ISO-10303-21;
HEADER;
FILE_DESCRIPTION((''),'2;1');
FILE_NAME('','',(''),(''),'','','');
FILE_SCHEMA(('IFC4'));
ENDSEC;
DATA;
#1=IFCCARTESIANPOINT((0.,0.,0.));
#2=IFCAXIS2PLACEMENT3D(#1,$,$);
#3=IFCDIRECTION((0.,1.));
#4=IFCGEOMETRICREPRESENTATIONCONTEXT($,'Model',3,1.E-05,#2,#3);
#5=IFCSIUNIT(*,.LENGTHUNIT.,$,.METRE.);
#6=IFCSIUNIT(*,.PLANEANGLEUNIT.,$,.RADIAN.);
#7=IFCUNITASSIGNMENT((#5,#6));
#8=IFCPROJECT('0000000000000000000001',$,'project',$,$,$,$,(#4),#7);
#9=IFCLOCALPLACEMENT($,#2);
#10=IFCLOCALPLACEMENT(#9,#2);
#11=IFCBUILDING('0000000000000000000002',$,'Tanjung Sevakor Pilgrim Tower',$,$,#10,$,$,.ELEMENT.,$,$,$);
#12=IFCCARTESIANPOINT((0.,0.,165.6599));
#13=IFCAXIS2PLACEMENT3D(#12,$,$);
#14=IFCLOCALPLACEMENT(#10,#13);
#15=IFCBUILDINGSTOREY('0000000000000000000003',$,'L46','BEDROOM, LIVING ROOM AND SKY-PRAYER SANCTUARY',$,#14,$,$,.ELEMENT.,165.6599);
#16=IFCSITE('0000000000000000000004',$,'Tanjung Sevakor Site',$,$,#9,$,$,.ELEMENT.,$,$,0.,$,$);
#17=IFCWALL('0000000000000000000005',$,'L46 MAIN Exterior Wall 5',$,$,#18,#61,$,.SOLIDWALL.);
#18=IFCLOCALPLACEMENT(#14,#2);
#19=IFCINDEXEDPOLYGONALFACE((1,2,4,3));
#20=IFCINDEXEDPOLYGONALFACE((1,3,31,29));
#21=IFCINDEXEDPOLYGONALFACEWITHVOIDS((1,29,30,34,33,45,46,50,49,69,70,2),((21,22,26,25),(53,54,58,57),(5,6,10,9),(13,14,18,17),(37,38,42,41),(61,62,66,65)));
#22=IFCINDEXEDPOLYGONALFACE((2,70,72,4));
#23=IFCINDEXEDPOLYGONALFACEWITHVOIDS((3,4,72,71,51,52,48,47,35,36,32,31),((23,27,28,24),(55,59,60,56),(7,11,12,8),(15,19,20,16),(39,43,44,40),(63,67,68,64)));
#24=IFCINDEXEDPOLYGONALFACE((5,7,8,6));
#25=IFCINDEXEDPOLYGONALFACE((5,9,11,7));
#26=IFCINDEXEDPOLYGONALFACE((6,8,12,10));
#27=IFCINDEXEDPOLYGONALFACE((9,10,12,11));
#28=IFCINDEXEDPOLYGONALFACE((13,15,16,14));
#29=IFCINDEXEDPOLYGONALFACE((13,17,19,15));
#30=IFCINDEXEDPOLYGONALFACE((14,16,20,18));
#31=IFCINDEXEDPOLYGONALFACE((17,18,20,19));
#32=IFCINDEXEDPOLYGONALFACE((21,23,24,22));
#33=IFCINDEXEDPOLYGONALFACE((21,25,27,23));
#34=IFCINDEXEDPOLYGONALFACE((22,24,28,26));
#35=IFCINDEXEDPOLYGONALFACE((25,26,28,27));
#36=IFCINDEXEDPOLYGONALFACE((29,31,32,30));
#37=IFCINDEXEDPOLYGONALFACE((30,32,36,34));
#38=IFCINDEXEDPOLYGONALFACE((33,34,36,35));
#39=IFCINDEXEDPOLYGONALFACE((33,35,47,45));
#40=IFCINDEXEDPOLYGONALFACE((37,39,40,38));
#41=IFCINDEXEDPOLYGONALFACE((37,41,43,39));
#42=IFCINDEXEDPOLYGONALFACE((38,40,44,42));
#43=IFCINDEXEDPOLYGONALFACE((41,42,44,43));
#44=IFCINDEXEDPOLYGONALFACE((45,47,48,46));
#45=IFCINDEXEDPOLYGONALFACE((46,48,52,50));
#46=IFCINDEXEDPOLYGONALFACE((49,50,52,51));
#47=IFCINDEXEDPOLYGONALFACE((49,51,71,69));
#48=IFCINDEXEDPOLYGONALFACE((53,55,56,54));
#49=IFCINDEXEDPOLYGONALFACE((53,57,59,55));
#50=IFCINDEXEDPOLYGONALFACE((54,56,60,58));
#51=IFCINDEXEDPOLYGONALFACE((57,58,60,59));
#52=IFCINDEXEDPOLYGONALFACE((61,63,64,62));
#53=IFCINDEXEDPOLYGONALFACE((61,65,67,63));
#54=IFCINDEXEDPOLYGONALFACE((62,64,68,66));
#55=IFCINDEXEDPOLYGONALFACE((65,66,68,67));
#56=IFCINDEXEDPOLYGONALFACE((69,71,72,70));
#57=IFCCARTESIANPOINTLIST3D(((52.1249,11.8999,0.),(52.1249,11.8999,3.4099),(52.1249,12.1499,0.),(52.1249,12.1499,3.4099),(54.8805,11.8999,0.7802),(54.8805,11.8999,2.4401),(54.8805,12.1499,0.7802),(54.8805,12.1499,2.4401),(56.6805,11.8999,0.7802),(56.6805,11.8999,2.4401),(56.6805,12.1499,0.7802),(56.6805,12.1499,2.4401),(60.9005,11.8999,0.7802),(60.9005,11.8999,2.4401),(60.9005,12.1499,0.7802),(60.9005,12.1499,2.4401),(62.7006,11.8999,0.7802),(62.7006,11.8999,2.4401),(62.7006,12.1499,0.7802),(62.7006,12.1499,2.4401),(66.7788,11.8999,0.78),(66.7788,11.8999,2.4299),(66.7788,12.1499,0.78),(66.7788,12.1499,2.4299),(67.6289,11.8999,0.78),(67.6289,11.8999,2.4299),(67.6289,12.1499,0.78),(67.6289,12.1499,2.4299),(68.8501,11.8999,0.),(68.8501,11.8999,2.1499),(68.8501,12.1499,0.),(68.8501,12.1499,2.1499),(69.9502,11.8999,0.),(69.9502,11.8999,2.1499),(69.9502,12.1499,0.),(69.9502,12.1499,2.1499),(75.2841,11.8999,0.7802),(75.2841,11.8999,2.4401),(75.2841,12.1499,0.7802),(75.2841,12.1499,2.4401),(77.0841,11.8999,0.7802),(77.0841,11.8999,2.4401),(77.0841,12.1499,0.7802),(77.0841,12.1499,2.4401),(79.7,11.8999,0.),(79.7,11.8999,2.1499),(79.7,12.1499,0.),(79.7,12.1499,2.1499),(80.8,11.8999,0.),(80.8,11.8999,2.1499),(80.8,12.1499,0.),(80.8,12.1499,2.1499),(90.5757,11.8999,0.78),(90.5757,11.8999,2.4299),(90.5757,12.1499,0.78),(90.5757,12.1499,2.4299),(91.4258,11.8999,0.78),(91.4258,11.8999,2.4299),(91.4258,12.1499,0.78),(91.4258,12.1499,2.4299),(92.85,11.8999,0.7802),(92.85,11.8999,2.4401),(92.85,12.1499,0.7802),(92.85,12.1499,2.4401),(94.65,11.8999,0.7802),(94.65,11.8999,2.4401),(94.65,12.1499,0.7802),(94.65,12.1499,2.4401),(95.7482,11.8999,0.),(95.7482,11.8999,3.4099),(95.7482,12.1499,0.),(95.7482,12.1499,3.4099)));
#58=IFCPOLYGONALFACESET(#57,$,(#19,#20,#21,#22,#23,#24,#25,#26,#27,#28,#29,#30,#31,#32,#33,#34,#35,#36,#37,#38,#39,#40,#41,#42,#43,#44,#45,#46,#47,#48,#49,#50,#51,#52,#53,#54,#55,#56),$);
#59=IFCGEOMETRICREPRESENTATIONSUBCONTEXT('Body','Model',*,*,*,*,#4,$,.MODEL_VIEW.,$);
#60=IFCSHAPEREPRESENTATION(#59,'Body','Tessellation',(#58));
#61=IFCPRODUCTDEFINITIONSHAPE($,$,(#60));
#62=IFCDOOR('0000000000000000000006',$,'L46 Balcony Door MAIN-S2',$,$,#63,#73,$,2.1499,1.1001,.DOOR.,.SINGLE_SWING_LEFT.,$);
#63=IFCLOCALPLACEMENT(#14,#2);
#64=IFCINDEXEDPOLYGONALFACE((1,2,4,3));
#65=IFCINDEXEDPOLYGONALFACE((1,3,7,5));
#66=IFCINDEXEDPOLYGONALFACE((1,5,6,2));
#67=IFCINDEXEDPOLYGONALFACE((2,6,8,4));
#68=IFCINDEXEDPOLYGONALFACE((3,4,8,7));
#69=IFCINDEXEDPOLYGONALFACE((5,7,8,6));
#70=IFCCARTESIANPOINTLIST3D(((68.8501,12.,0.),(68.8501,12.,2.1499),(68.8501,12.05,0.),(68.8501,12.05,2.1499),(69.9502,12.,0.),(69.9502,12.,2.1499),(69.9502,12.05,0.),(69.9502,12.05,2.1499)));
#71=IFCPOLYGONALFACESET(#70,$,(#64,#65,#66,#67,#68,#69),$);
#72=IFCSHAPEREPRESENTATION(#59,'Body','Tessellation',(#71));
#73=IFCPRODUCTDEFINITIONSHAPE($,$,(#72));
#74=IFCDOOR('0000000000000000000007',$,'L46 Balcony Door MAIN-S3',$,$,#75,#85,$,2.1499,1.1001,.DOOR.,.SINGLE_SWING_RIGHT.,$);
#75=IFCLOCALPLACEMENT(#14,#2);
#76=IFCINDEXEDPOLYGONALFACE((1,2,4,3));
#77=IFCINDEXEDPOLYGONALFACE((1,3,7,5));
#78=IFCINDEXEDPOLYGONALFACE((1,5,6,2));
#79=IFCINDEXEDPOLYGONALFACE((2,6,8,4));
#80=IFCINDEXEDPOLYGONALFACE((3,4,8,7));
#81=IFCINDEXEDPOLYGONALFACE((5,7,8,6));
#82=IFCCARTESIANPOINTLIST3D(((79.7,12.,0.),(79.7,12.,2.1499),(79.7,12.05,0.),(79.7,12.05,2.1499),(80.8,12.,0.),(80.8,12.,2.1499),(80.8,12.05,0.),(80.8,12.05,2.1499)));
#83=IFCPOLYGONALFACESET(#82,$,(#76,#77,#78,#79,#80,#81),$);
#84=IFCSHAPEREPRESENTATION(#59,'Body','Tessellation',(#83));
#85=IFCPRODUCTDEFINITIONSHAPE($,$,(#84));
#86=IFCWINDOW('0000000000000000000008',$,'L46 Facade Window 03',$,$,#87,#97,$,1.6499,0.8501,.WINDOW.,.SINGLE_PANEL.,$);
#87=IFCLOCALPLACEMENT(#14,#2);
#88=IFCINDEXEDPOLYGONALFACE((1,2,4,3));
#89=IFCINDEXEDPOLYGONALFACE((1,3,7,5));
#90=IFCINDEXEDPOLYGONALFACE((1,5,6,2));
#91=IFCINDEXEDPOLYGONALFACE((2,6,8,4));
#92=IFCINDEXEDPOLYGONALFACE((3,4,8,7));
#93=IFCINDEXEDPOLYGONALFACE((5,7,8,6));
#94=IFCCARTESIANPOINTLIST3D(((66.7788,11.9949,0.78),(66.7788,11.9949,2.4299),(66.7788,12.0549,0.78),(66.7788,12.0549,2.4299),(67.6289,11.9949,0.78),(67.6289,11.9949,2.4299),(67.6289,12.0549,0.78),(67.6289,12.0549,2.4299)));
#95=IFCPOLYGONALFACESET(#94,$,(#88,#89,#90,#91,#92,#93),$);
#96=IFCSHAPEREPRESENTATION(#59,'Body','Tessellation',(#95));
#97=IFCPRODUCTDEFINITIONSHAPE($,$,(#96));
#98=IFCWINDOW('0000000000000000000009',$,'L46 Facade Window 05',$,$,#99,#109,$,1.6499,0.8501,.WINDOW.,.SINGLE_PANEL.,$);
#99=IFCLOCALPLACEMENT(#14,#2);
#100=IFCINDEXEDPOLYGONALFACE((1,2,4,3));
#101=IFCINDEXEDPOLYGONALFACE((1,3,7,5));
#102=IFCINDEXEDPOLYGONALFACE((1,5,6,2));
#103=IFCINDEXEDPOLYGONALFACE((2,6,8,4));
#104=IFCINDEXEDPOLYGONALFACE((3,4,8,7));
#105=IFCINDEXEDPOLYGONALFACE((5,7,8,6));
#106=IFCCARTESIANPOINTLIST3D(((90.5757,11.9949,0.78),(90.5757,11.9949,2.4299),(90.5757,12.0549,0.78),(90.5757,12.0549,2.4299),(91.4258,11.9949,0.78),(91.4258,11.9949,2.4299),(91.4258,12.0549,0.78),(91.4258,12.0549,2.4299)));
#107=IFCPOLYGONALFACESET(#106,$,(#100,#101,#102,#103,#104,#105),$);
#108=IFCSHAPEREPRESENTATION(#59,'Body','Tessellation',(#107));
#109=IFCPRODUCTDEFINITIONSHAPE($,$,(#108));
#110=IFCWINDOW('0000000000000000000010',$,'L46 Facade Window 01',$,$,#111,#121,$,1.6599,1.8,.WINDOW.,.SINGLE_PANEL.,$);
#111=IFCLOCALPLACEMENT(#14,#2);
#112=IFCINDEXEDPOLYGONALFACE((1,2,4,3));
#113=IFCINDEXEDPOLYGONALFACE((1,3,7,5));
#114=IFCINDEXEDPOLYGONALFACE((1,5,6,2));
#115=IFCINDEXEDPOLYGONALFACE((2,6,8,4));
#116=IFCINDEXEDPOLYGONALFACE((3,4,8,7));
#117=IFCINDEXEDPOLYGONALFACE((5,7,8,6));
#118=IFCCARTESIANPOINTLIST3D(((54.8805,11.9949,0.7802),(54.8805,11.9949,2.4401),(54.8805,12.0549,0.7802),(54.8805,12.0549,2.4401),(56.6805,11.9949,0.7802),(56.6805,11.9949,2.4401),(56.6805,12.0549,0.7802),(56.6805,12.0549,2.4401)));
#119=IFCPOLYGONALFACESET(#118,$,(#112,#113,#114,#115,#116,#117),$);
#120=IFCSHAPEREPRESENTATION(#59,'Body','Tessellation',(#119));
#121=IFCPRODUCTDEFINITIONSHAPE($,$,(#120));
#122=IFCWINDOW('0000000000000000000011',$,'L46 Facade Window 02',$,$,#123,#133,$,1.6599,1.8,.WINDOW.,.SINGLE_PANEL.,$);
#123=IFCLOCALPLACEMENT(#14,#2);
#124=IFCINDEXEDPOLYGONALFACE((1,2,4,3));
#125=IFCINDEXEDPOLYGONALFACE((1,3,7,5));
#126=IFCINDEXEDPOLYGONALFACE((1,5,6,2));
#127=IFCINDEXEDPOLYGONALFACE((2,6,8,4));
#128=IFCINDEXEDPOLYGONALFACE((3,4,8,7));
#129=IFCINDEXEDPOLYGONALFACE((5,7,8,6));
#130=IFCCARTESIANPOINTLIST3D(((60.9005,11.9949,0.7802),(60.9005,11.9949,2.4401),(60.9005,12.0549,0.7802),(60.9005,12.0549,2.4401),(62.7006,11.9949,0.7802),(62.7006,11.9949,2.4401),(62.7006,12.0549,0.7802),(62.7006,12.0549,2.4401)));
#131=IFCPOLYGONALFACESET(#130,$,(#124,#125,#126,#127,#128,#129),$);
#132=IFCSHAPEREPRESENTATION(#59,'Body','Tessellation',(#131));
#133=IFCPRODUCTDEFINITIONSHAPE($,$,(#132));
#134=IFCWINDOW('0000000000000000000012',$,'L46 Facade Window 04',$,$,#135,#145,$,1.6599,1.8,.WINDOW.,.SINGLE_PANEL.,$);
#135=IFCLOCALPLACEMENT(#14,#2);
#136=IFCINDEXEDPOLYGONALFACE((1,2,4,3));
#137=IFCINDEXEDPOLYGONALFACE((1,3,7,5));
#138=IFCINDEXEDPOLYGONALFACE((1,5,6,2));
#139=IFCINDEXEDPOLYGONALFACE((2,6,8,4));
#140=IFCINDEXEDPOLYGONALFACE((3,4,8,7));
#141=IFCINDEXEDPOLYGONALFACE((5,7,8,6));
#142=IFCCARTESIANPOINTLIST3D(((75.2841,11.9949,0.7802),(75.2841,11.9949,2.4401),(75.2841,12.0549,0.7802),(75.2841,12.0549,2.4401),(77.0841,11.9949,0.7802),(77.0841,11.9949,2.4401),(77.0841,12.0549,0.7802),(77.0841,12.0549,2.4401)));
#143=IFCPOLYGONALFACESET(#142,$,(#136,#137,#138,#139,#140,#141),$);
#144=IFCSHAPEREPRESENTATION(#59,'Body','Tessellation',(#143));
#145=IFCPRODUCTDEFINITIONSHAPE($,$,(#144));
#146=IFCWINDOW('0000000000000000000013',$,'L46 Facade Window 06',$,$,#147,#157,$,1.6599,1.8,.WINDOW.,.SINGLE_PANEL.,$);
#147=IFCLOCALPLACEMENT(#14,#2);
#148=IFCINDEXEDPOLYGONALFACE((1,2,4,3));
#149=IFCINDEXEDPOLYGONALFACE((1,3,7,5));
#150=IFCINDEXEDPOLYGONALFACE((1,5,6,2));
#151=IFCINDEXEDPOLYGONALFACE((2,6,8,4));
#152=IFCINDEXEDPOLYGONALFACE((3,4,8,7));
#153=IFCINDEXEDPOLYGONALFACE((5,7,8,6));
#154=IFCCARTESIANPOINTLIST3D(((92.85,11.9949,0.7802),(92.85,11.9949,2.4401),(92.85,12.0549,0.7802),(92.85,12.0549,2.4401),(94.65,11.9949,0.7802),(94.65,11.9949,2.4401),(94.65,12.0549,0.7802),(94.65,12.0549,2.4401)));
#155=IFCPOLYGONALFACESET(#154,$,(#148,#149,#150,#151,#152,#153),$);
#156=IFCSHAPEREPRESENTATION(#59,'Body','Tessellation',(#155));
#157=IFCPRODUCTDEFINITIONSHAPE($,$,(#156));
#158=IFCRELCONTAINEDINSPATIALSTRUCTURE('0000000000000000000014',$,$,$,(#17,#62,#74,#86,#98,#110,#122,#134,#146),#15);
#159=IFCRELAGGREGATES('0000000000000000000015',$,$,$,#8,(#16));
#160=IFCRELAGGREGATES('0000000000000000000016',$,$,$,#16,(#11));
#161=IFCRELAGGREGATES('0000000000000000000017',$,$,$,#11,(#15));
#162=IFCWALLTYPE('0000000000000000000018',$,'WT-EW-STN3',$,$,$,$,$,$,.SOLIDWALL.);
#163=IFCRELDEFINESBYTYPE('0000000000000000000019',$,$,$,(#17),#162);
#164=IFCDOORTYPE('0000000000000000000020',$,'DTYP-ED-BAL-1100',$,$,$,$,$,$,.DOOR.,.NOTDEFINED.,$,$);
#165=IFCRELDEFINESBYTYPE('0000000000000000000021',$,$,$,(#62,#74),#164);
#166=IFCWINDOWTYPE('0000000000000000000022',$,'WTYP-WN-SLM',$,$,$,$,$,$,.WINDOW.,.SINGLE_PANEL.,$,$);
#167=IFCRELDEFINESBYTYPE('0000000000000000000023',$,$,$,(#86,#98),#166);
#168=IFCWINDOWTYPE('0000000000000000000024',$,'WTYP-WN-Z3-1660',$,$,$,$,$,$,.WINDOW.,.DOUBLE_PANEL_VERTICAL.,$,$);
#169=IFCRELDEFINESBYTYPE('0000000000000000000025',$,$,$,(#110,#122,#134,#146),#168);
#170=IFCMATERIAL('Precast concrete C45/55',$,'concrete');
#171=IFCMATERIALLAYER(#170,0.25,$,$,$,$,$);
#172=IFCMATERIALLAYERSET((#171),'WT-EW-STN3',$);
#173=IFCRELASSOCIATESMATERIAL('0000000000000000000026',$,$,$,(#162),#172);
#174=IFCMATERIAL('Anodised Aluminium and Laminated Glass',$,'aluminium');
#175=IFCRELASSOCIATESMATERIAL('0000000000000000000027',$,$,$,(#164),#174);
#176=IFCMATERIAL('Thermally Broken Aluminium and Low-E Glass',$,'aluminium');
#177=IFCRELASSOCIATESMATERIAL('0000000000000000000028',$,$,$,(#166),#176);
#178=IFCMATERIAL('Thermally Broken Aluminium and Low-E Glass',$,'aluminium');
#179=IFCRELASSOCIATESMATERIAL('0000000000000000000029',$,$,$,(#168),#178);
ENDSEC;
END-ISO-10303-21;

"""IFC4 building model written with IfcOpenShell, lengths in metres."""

from ifc_helpers import new_model, si_unit, direction, frame, frame_2d, origin, place, context, subcontext, project, spatial, rectangle, extrude, material, layer, layer_set, type_object, element, fill, save


model = new_model("IFC4")

# Units and contexts
model_context = context("Model", 3, precision=1e-05, world=origin(), true_north=direction((0.0, 1.0)))
body_context = subcontext(model_context, "Body", "Model", "MODEL_VIEW")
ifc_project = project(units=[si_unit("LENGTHUNIT", "METRE"), si_unit("PLANEANGLEUNIT", "RADIAN")], contexts=[model_context])

# Site, building, storey
site_placement = place(None, origin())
site = spatial("IfcSite", under=ifc_project, at=site_placement, Name="Tanjung Sevakor Site", CompositionType="ELEMENT", RefElevation=0.0)
building_placement = place(site_placement, origin())
building = spatial("IfcBuilding", under=site, at=building_placement, Name="Tanjung Sevakor Pilgrim Tower", CompositionType="ELEMENT")
storey_placement = place(building_placement, frame((0.0, 0.0, 165.6599)))
storey = spatial("IfcBuildingStorey", under=building, at=storey_placement, Name="L46", Description="BEDROOM, LIVING ROOM AND SKY-PRAYER SANCTUARY", CompositionType="ELEMENT", Elevation=165.6599)

# Shared definitions
ifc_material_1 = material(Name="Precast concrete C45/55", Category="concrete")
ifc_layer_1 = layer(ifc_material_1, 0.25)
ifc_layer_set_1 = layer_set([ifc_layer_1], Name="WT-EW-STN3")
wall_type_1 = type_object("IfcWallType", Name="WT-EW-STN3", PredefinedType="SOLIDWALL", material=ifc_layer_set_1)

# Wall, openings, doors, windows
wall_1_placement = place(storey_placement, frame((52.125, 12.0249, 0.0), z_axis=(0.0, 0.0, 1.0), x_axis=(1.0, 0.0, 0.0)))
wall_1 = element("IfcWall", 1, at=wall_1_placement, inside=storey, type_object=wall_type_1, Name="L46 MAIN Exterior Wall 5", PredefinedType="SOLIDWALL", context=body_context, shape_type="SweptSolid", body=[
    extrude(rectangle(XDim=43.6233, YDim=0.25, at=frame_2d((21.8115, 0.0))), origin(), (0.0, 0.0, 1.0), 3.4099),
])
opening_1_placement = place(wall_1_placement, frame((16.7251, 0.0, 0.0)))
opening_1 = element("IfcOpeningElement", 2, at=opening_1_placement, cuts=wall_1, PredefinedType="OPENING", context=body_context, shape_type="SweptSolid", body=[
    extrude(rectangle(XDim=1.1001, YDim=2.1499, at=frame_2d((0.55, 1.075))), frame((0.0, 0.135, 0.0), z_axis=(0.0, -1.0, 0.0), x_axis=(1.0, 0.0, 0.0)), (0.0, 0.0, 1.0), 0.27),
])
opening_2_placement = place(wall_1_placement, frame((27.575, 0.0, 0.0)))
opening_2 = element("IfcOpeningElement", 3, at=opening_2_placement, cuts=wall_1, PredefinedType="OPENING", context=body_context, shape_type="SweptSolid", body=[
    extrude(rectangle(XDim=1.1001, YDim=2.1499, at=frame_2d((0.55, 1.075))), frame((0.0, 0.135, 0.0), z_axis=(0.0, -1.0, 0.0), x_axis=(1.0, 0.0, 0.0)), (0.0, 0.0, 1.0), 0.27),
])
opening_3_placement = place(wall_1_placement, frame((2.7556, 0.0, 0.78)))
opening_3 = element("IfcOpeningElement", 4, at=opening_3_placement, cuts=wall_1, PredefinedType="OPENING", context=body_context, shape_type="SweptSolid", body=[
    extrude(rectangle(XDim=1.8, YDim=1.6599, at=frame_2d((0.8999, 0.8301))), frame((0.0, 0.135, 0.0), z_axis=(0.0, -1.0, 0.0), x_axis=(1.0, 0.0, 0.0)), (0.0, 0.0, 1.0), 0.27),
])
opening_4_placement = place(wall_1_placement, frame((8.7756, 0.0, 0.78)))
opening_4 = element("IfcOpeningElement", 5, at=opening_4_placement, cuts=wall_1, PredefinedType="OPENING", context=body_context, shape_type="SweptSolid", body=[
    extrude(rectangle(XDim=1.8, YDim=1.6599, at=frame_2d((0.8999, 0.8301))), frame((0.0, 0.135, 0.0), z_axis=(0.0, -1.0, 0.0), x_axis=(1.0, 0.0, 0.0)), (0.0, 0.0, 1.0), 0.27),
])
opening_5_placement = place(wall_1_placement, frame((14.6538, 0.0, 0.78)))
opening_5 = element("IfcOpeningElement", 6, at=opening_5_placement, cuts=wall_1, PredefinedType="OPENING", context=body_context, shape_type="SweptSolid", body=[
    extrude(rectangle(XDim=0.8501, YDim=1.6499, at=frame_2d((0.425, 0.825))), frame((0.0, 0.135, 0.0), z_axis=(0.0, -1.0, 0.0), x_axis=(1.0, 0.0, 0.0)), (0.0, 0.0, 1.0), 0.27),
])
opening_6_placement = place(wall_1_placement, frame((23.1592, 0.0, 0.78)))
opening_6 = element("IfcOpeningElement", 7, at=opening_6_placement, cuts=wall_1, PredefinedType="OPENING", context=body_context, shape_type="SweptSolid", body=[
    extrude(rectangle(XDim=1.8, YDim=1.6599, at=frame_2d((0.8999, 0.8301))), frame((0.0, 0.135, 0.0), z_axis=(0.0, -1.0, 0.0), x_axis=(1.0, 0.0, 0.0)), (0.0, 0.0, 1.0), 0.27),
])
opening_7_placement = place(wall_1_placement, frame((38.4507, 0.0, 0.78)))
opening_7 = element("IfcOpeningElement", 8, at=opening_7_placement, cuts=wall_1, PredefinedType="OPENING", context=body_context, shape_type="SweptSolid", body=[
    extrude(rectangle(XDim=0.8501, YDim=1.6499, at=frame_2d((0.425, 0.825))), frame((0.0, 0.135, 0.0), z_axis=(0.0, -1.0, 0.0), x_axis=(1.0, 0.0, 0.0)), (0.0, 0.0, 1.0), 0.27),
])
opening_8_placement = place(wall_1_placement, frame((40.7251, 0.0, 0.78)))
opening_8 = element("IfcOpeningElement", 9, at=opening_8_placement, cuts=wall_1, PredefinedType="OPENING", context=body_context, shape_type="SweptSolid", body=[
    extrude(rectangle(XDim=1.8, YDim=1.6599, at=frame_2d((0.8999, 0.8301))), frame((0.0, 0.135, 0.0), z_axis=(0.0, -1.0, 0.0), x_axis=(1.0, 0.0, 0.0)), (0.0, 0.0, 1.0), 0.27),
])
ifc_material_2 = material(Name="Anodised Aluminium and Laminated Glass", Category="aluminium")
door_type = type_object("IfcDoorType", Name="DTYP-ED-BAL-1100", OperationType="NOTDEFINED", PredefinedType="DOOR", material=ifc_material_2)
door_1_placement = place(opening_1_placement, frame((1.1001, 0.0, 0.0), z_axis=(0.0, 0.0, 1.0), x_axis=(-1.0, 0.0, 0.0)))
door_1 = element("IfcDoor", 10, at=door_1_placement, inside=storey, type_object=door_type, Name="L46 Balcony Door MAIN-S2", OperationType="SINGLE_SWING_LEFT", OverallHeight=2.1499, OverallWidth=1.1001, PredefinedType="DOOR", context=body_context, shape_type="SweptSolid", body=[
    extrude(rectangle(XDim=1.1001, YDim=2.1499, at=frame_2d((0.55, 1.075))), frame((0.0, 0.0249, 0.0), z_axis=(0.0, -1.0, 0.0), x_axis=(1.0, 0.0, 0.0)), (0.0, 0.0, 1.0), 0.05),
])
fill(opening_1, door_1)
door_2_placement = place(opening_2_placement, frame((1.1001, 0.0, 0.0), z_axis=(0.0, 0.0, 1.0), x_axis=(-1.0, 0.0, 0.0)))
door_2 = element("IfcDoor", 11, at=door_2_placement, inside=storey, type_object=door_type, Name="L46 Balcony Door MAIN-S3", OperationType="SINGLE_SWING_RIGHT", OverallHeight=2.1499, OverallWidth=1.1001, PredefinedType="DOOR", context=body_context, shape_type="SweptSolid", body=[
    extrude(rectangle(XDim=1.1001, YDim=2.1499, at=frame_2d((0.55, 1.075))), frame((0.0, 0.0249, 0.0), z_axis=(0.0, -1.0, 0.0), x_axis=(1.0, 0.0, 0.0)), (0.0, 0.0, 1.0), 0.05),
])
fill(opening_2, door_2)
ifc_material_3 = material(Name="Thermally Broken Aluminium and Low-E Glass", Category="aluminium")
window_type_1 = type_object("IfcWindowType", Name="WTYP-WN-SLM", PartitioningType="SINGLE_PANEL", PredefinedType="WINDOW", material=ifc_material_3)
window_1_placement = place(opening_5_placement, origin())
window_1 = element("IfcWindow", 12, at=window_1_placement, inside=storey, type_object=window_type_1, Name="L46 Facade Window 03", OverallHeight=1.6499, OverallWidth=0.8501, PartitioningType="SINGLE_PANEL", PredefinedType="WINDOW", context=body_context, shape_type="SweptSolid", body=[
    extrude(rectangle(XDim=0.8501, YDim=1.6499, at=frame_2d((0.425, 0.825))), frame((0.0, 0.03, 0.0), z_axis=(0.0, -1.0, 0.0), x_axis=(1.0, 0.0, 0.0)), (0.0, 0.0, 1.0), 0.0601),
])
fill(opening_5, window_1)
window_2_placement = place(opening_7_placement, origin())
window_2 = element("IfcWindow", 13, at=window_2_placement, inside=storey, type_object=window_type_1, Name="L46 Facade Window 05", OverallHeight=1.6499, OverallWidth=0.8501, PartitioningType="SINGLE_PANEL", PredefinedType="WINDOW", context=body_context, shape_type="SweptSolid", body=[
    extrude(rectangle(XDim=0.8501, YDim=1.6499, at=frame_2d((0.425, 0.825))), frame((0.0, 0.03, 0.0), z_axis=(0.0, -1.0, 0.0), x_axis=(1.0, 0.0, 0.0)), (0.0, 0.0, 1.0), 0.0601),
])
fill(opening_7, window_2)
ifc_material_4 = material(Name="Thermally Broken Aluminium and Low-E Glass", Category="aluminium")
window_type_2 = type_object("IfcWindowType", Name="WTYP-WN-Z3-1660", PartitioningType="DOUBLE_PANEL_VERTICAL", PredefinedType="WINDOW", material=ifc_material_4)
window_3_placement = place(opening_3_placement, origin())
window_3 = element("IfcWindow", 14, at=window_3_placement, inside=storey, type_object=window_type_2, Name="L46 Facade Window 01", OverallHeight=1.6599, OverallWidth=1.8, PartitioningType="SINGLE_PANEL", PredefinedType="WINDOW", context=body_context, shape_type="SweptSolid", body=[
    extrude(rectangle(XDim=1.8, YDim=1.6599, at=frame_2d((0.8999, 0.8301))), frame((0.0, 0.03, 0.0), z_axis=(0.0, -1.0, 0.0), x_axis=(1.0, 0.0, 0.0)), (0.0, 0.0, 1.0), 0.0601),
])
fill(opening_3, window_3)
window_4_placement = place(opening_4_placement, origin())
window_4 = element("IfcWindow", 15, at=window_4_placement, inside=storey, type_object=window_type_2, Name="L46 Facade Window 02", OverallHeight=1.6599, OverallWidth=1.8, PartitioningType="SINGLE_PANEL", PredefinedType="WINDOW", context=body_context, shape_type="SweptSolid", body=[
    extrude(rectangle(XDim=1.8, YDim=1.6599, at=frame_2d((0.8999, 0.8301))), frame((0.0, 0.03, 0.0), z_axis=(0.0, -1.0, 0.0), x_axis=(1.0, 0.0, 0.0)), (0.0, 0.0, 1.0), 0.0601),
])
fill(opening_4, window_4)
window_5_placement = place(opening_6_placement, origin())
window_5 = element("IfcWindow", 16, at=window_5_placement, inside=storey, type_object=window_type_2, Name="L46 Facade Window 04", OverallHeight=1.6599, OverallWidth=1.8, PartitioningType="SINGLE_PANEL", PredefinedType="WINDOW", context=body_context, shape_type="SweptSolid", body=[
    extrude(rectangle(XDim=1.8, YDim=1.6599, at=frame_2d((0.8999, 0.8301))), frame((0.0, 0.03, 0.0), z_axis=(0.0, -1.0, 0.0), x_axis=(1.0, 0.0, 0.0)), (0.0, 0.0, 1.0), 0.0601),
])
fill(opening_6, window_5)
window_6_placement = place(opening_8_placement, origin())
window_6 = element("IfcWindow", 17, at=window_6_placement, inside=storey, type_object=window_type_2, Name="L46 Facade Window 06", OverallHeight=1.6599, OverallWidth=1.8, PartitioningType="SINGLE_PANEL", PredefinedType="WINDOW", context=body_context, shape_type="SweptSolid", body=[
    extrude(rectangle(XDim=1.8, YDim=1.6599, at=frame_2d((0.8999, 0.8301))), frame((0.0, 0.03, 0.0), z_axis=(0.0, -1.0, 0.0), x_axis=(1.0, 0.0, 0.0)), (0.0, 0.0, 1.0), 0.0601),
])
fill(opening_8, window_6)

save(model, "model.ifc")
